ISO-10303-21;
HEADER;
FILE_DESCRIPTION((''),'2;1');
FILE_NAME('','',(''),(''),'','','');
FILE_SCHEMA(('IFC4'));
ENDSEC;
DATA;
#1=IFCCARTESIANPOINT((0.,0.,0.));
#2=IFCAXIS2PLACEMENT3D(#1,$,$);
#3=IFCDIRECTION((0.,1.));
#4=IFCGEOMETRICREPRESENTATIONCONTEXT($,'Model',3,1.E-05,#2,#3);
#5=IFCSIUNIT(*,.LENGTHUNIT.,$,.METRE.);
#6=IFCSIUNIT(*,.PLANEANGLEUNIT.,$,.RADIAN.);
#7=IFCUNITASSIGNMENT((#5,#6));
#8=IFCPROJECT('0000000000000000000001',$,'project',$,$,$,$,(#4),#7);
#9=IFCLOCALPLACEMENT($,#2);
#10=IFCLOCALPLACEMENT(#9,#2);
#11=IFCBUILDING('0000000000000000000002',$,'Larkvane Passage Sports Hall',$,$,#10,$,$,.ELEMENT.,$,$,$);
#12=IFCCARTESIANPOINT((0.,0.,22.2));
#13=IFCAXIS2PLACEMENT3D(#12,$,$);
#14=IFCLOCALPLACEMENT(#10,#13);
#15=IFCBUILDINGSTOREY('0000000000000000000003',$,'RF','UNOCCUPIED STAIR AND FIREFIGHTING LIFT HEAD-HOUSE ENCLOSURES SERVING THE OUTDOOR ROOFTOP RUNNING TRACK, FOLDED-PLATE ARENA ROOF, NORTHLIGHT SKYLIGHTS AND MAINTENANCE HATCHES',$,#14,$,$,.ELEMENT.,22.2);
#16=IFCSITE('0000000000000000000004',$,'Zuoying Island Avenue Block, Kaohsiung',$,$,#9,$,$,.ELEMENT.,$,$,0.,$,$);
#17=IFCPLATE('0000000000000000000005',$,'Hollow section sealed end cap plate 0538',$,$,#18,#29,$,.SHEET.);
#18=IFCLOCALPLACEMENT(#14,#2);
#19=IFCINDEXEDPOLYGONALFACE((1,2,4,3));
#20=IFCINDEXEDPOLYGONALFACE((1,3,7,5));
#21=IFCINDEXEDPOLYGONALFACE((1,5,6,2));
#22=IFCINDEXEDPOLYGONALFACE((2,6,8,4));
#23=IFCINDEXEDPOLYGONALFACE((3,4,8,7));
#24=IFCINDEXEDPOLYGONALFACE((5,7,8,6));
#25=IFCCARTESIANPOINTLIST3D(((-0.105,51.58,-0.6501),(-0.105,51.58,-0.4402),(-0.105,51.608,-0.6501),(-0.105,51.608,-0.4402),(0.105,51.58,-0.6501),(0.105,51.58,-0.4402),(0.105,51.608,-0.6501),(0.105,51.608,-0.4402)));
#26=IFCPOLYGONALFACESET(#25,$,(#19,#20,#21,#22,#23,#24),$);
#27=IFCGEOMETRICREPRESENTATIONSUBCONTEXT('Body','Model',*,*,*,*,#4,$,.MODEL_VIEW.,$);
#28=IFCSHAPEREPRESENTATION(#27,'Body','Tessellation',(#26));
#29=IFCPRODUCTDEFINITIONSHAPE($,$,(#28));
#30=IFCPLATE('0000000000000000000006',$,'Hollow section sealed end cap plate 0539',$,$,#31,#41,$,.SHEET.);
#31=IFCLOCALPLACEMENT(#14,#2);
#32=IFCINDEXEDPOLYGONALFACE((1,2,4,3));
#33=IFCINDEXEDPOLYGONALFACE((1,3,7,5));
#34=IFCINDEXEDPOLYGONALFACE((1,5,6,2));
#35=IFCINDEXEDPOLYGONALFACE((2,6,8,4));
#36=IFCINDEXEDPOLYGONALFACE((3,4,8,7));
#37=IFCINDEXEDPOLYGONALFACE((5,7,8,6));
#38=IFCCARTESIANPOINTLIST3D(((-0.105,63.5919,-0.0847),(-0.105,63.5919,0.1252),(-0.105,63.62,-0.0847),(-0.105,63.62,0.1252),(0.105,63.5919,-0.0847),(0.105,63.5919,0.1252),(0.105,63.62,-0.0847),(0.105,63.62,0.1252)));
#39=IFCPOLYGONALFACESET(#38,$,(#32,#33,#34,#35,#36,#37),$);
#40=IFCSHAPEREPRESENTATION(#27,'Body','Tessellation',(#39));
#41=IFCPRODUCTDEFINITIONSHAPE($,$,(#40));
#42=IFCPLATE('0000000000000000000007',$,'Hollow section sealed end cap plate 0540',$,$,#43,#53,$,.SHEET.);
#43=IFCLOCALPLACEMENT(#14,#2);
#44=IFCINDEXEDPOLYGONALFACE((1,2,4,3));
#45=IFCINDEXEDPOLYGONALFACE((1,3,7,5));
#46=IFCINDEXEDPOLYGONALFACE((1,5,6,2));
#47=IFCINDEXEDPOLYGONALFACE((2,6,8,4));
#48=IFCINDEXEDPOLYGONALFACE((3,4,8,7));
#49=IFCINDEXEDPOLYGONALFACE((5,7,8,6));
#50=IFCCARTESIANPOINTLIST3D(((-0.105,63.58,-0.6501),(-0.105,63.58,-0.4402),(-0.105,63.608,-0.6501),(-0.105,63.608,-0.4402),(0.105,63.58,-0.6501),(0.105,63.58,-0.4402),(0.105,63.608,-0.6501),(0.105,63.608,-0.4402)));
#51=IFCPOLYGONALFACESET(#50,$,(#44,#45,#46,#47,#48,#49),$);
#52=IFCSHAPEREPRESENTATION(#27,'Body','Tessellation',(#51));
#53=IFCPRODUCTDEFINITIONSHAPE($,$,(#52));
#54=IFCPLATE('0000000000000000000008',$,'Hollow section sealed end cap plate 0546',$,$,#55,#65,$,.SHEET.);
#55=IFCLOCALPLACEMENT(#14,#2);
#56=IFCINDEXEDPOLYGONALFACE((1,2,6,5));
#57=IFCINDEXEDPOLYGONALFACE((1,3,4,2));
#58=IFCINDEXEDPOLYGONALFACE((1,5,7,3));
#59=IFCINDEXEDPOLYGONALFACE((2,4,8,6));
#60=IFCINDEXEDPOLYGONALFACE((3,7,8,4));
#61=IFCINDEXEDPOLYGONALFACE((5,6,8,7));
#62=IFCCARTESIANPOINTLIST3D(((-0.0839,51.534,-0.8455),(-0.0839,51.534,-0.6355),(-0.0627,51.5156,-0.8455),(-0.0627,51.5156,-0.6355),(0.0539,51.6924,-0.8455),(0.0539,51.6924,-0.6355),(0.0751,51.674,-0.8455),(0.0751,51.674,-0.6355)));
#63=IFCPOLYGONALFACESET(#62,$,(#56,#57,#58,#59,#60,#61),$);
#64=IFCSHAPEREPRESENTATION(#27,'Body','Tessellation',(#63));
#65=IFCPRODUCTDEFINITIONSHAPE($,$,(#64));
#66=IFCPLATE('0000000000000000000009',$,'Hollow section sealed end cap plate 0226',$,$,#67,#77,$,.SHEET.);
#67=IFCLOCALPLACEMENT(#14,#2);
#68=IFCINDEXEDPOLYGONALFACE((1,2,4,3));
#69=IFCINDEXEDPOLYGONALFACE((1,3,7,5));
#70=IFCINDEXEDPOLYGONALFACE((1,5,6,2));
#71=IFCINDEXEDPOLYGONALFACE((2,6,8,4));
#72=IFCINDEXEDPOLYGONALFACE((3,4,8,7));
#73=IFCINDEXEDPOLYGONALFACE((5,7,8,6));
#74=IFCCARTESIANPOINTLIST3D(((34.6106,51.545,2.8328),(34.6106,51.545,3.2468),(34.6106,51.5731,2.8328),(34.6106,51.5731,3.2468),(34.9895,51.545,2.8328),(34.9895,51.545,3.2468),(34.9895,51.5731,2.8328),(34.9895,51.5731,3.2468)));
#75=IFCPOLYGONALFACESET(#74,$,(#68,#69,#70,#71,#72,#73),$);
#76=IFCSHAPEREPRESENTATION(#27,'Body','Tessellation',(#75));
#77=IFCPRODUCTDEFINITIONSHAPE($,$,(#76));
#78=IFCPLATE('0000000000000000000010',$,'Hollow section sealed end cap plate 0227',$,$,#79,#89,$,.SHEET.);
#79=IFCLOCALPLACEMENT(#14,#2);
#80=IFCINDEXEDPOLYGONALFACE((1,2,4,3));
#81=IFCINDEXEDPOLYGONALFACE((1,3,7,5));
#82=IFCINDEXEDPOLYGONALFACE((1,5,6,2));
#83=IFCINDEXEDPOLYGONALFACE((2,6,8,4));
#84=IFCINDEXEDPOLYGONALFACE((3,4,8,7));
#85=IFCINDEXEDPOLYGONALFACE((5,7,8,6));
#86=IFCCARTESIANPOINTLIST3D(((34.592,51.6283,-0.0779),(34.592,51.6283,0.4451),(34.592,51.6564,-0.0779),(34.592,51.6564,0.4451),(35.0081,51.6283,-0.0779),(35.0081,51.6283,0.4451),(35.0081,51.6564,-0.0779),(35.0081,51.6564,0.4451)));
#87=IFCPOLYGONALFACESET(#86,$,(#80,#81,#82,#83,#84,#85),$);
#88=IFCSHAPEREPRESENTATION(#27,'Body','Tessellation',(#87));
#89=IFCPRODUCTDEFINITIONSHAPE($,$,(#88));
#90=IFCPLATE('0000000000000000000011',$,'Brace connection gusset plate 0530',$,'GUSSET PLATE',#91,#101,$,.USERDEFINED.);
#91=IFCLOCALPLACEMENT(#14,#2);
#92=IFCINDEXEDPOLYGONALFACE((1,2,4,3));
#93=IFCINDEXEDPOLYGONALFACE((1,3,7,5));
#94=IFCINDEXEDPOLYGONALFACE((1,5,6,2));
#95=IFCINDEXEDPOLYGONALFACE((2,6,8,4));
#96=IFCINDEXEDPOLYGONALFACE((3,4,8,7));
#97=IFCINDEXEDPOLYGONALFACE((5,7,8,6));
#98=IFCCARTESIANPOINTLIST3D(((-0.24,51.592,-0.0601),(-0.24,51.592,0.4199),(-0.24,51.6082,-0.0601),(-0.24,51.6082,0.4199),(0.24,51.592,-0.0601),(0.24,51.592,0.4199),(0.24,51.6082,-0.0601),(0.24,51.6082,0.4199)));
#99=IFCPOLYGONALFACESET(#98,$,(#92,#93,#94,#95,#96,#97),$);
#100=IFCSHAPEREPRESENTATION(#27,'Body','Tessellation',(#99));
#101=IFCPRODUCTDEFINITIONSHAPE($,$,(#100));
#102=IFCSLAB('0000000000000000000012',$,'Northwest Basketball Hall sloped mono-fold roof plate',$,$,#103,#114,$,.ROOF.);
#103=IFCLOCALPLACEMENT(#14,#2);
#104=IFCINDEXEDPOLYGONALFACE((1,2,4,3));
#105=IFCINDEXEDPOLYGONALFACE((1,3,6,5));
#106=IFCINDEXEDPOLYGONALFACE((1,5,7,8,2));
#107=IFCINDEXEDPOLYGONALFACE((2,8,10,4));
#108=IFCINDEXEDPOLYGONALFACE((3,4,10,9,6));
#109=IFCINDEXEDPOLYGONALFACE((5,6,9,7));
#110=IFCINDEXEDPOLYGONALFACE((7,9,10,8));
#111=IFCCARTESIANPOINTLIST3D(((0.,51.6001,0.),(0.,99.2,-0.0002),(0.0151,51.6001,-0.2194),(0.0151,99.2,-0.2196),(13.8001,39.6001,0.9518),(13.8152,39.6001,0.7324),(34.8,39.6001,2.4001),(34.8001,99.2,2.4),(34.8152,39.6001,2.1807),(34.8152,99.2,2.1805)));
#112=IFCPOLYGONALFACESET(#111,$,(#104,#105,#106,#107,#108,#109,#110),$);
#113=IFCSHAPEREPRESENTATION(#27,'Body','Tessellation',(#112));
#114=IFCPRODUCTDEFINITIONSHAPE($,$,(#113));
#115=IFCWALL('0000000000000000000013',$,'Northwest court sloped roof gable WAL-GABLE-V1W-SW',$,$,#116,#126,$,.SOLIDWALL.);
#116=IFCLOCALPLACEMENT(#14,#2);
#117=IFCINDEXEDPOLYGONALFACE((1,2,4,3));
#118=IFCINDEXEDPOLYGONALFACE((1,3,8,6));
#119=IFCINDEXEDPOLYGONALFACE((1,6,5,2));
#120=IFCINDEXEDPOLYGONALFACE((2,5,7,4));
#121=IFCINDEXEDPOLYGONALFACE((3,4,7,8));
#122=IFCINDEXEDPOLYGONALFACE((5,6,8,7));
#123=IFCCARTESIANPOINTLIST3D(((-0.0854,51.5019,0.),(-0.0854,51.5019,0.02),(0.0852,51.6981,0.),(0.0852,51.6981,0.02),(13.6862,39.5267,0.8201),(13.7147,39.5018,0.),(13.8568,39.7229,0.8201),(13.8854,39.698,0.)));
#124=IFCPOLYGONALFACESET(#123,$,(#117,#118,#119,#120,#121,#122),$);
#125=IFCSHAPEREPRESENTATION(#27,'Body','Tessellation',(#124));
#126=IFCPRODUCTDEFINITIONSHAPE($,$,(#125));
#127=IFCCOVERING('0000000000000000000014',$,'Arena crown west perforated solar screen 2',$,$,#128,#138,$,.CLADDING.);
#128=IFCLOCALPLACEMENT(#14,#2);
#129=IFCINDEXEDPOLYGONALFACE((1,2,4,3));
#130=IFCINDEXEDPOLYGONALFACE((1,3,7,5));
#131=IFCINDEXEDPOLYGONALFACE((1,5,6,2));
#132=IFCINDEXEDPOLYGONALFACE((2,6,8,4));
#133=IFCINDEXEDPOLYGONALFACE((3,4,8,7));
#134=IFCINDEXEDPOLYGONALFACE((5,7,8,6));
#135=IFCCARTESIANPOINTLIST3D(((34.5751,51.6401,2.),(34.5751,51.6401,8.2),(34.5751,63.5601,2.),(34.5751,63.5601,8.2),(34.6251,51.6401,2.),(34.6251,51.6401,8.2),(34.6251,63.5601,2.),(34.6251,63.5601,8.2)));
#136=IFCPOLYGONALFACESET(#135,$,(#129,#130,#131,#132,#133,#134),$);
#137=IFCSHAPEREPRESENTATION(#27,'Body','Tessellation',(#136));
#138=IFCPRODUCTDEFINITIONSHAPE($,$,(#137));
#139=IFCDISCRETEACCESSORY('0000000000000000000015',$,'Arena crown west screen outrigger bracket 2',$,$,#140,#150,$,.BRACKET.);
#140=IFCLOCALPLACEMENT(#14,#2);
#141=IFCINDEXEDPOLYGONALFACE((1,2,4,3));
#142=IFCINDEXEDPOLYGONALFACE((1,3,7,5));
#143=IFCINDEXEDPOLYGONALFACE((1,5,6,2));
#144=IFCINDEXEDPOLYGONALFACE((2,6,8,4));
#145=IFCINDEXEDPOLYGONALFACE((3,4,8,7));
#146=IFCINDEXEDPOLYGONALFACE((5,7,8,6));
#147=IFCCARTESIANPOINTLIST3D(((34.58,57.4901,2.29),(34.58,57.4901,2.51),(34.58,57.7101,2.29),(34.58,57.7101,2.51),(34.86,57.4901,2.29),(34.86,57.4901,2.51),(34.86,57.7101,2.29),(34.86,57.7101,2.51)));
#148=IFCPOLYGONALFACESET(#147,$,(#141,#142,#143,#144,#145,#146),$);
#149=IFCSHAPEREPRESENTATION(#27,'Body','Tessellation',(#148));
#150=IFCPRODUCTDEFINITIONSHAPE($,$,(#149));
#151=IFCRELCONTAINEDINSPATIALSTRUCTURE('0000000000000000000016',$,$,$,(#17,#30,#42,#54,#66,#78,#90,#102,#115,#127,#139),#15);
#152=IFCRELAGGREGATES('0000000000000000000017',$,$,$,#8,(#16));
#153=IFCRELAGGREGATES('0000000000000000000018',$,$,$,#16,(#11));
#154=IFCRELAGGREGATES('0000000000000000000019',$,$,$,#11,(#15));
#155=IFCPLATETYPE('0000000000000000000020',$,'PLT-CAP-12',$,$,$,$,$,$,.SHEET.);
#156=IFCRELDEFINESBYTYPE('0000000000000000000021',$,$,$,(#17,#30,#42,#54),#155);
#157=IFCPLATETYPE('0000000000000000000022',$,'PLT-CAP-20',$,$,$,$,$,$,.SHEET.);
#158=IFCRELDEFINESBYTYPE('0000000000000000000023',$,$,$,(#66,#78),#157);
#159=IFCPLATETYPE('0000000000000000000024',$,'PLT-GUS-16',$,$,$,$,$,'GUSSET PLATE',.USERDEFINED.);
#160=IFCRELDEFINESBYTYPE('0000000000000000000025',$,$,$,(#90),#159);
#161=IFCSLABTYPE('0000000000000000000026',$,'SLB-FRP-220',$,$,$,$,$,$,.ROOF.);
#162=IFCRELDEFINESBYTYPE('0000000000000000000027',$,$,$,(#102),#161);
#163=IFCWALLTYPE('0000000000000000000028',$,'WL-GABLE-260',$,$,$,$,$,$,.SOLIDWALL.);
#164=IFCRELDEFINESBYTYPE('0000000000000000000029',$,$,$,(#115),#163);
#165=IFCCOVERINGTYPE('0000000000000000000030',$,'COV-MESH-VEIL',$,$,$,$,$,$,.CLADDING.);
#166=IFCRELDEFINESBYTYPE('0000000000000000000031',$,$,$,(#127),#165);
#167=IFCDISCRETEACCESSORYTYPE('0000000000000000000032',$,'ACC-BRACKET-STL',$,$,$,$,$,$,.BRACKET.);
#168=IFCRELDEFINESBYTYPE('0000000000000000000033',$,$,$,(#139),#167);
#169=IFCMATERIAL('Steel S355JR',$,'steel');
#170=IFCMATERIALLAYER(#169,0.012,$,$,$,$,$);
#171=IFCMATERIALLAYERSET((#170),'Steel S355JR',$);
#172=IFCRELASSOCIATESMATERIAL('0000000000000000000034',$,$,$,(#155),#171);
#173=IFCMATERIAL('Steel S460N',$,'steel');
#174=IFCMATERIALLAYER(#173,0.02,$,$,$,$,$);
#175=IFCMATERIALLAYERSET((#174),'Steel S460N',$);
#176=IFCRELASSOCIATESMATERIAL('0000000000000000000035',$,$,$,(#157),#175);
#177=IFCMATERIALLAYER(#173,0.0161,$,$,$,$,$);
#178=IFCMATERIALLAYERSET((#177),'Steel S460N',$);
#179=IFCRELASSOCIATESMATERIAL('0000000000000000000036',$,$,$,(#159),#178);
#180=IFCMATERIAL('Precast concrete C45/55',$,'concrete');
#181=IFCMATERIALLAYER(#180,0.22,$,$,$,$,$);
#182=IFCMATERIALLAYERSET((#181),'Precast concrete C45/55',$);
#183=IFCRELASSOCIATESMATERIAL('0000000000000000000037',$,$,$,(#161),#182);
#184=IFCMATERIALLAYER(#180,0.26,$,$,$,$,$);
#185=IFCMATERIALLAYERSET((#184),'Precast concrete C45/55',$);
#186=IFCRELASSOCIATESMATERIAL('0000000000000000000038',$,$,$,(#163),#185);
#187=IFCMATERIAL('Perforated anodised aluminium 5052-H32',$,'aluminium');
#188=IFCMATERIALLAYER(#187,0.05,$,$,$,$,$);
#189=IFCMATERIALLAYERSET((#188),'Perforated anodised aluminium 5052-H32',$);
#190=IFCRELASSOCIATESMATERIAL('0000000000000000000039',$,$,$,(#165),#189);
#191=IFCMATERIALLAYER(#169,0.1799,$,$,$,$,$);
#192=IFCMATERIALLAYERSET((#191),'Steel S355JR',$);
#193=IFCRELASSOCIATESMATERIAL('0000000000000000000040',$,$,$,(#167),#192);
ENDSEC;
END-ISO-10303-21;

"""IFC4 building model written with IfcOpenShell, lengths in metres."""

from ifc_helpers import new_model, si_unit, direction, frame, origin, origin_2d, place, context, subcontext, project, spatial, polyline, rectangle, outline, extrude, material, layer, layer_set, type_object, element, save


model = new_model("IFC4")

# Units and contexts
model_context = context("Model", 3, precision=1e-05, world=origin(), true_north=direction((0.0, 1.0)))
body_context = subcontext(model_context, "Body", "Model", "MODEL_VIEW")
ifc_project = project(units=[si_unit("LENGTHUNIT", "METRE"), si_unit("PLANEANGLEUNIT", "RADIAN")], contexts=[model_context])

# Site, building, storey
site_placement = place(None, origin())
site = spatial("IfcSite", under=ifc_project, at=site_placement, Name="Zuoying Island Avenue Block, Kaohsiung", CompositionType="ELEMENT", RefElevation=0.0)
building_placement = place(site_placement, origin())
building = spatial("IfcBuilding", under=site, at=building_placement, Name="Larkvane Passage Sports Hall", CompositionType="ELEMENT")
storey_placement = place(building_placement, frame((0.0, 0.0, 22.2)))
storey = spatial("IfcBuildingStorey", under=building, at=storey_placement, Name="RF", Description="UNOCCUPIED STAIR AND FIREFIGHTING LIFT HEAD-HOUSE ENCLOSURES SERVING THE OUTDOOR ROOFTOP RUNNING TRACK, FOLDED-PLATE ARENA ROOF, NORTHLIGHT SKYLIGHTS AND MAINTENANCE HATCHES", CompositionType="ELEMENT", Elevation=22.2)

# Shared definitions
ifc_material_1 = material(Name="Steel S355JR", Category="steel")
ifc_material_2 = material(Name="Steel S460N", Category="steel")

# Plates
ifc_layer_1 = layer(ifc_material_1, 0.012)
ifc_layer_set_1 = layer_set([ifc_layer_1], Name="Steel S355JR")
plate_type_1 = type_object("IfcPlateType", Name="PLT-CAP-12", PredefinedType="SHEET", material=ifc_layer_set_1)
for number, where, z_axis, x_axis, name in (
    (1, (0.0, 51.594, -0.6501), (0.0, 0.0, 1.0), (-1.0, 0.0, 0.0), "Hollow section sealed end cap plate 0538"),
    (2, (0.0, 63.606, -0.0847), (0.0, 0.0, 1.0), (-1.0, 0.0, 0.0), "Hollow section sealed end cap plate 0539"),
    (3, (0.0, 63.594, -0.6501), (0.0, 0.0, 1.0), (-1.0, 0.0, 0.0), "Hollow section sealed end cap plate 0540"),
    (4, (-0.0044, 51.604, -0.8455), (0.0, 0.0, 1.0), (0.656191, 0.754595, 0.0), "Hollow section sealed end cap plate 0546"),
):
    element("IfcPlate", number, at=place(storey_placement, frame(where, z_axis=z_axis, x_axis=x_axis)), inside=storey, type_object=plate_type_1, Name=name, PredefinedType="SHEET", context=body_context, shape_type="SweptSolid", body=[
        extrude(rectangle(XDim=0.21, YDim=0.0281, at=origin_2d()), origin(), (0.0, 0.0, 1.0), 0.21),
    ])
ifc_layer_2 = layer(ifc_material_2, 0.02)
ifc_layer_set_2 = layer_set([ifc_layer_2], Name="Steel S460N")
plate_type_2 = type_object("IfcPlateType", Name="PLT-CAP-20", PredefinedType="SHEET", material=ifc_layer_set_2)
plate_1_placement = place(storey_placement, frame((34.8, 51.5591, 2.8328), z_axis=(0.0, 0.0, 1.0), x_axis=(-1.0, 0.0, 0.0)))
element("IfcPlate", 5, at=plate_1_placement, inside=storey, type_object=plate_type_2, Name="Hollow section sealed end cap plate 0226", PredefinedType="SHEET", context=body_context, shape_type="SweptSolid", body=[
    extrude(rectangle(XDim=0.3789, YDim=0.0281, at=origin_2d()), origin(), (0.0, 0.0, 1.0), 0.4141),
])
plate_2_placement = place(storey_placement, frame((34.8, 51.6423, -0.0779), z_axis=(0.0, 0.0, 1.0), x_axis=(-1.0, 0.0, 0.0)))
element("IfcPlate", 6, at=plate_2_placement, inside=storey, type_object=plate_type_2, Name="Hollow section sealed end cap plate 0227", PredefinedType="SHEET", context=body_context, shape_type="SweptSolid", body=[
    extrude(rectangle(XDim=0.416, YDim=0.0281, at=origin_2d()), origin(), (0.0, 0.0, 1.0), 0.5229),
])
ifc_layer_3 = layer(ifc_material_2, 0.0161)
ifc_layer_set_3 = layer_set([ifc_layer_3], Name="Steel S460N")
plate_type_3 = type_object("IfcPlateType", Name="PLT-GUS-16", ElementType="GUSSET PLATE", PredefinedType="USERDEFINED", material=ifc_layer_set_3)
plate_3_placement = place(storey_placement, frame((0.0, 51.6001, -0.0601), z_axis=(0.0, 0.0, 1.0), x_axis=(1.0, 0.0, 0.0)))
element("IfcPlate", 7, at=plate_3_placement, inside=storey, type_object=plate_type_3, Name="Brace connection gusset plate 0530", ObjectType="GUSSET PLATE", PredefinedType="USERDEFINED", context=body_context, shape_type="SweptSolid", body=[
    extrude(rectangle(XDim=0.48, YDim=0.0161, at=origin_2d()), origin(), (0.0, 0.0, 1.0), 0.48),
])

# Slab
ifc_material_3 = material(Name="Precast concrete C45/55", Category="concrete")
ifc_layer_4 = layer(ifc_material_3, 0.22)
ifc_layer_set_4 = layer_set([ifc_layer_4], Name="Precast concrete C45/55")
slab_type = type_object("IfcSlabType", Name="SLB-FRP-220", PredefinedType="ROOF", material=ifc_layer_set_4)
slab_placement = place(storey_placement, frame((0.0, 51.6001, 0.0), z_axis=(-0.068805, 0.000003, 0.99763), x_axis=(0.753587, -0.65529, 0.051976)))
element("IfcSlab", 8, at=slab_placement, inside=storey, type_object=slab_type, Name="Northwest Basketball Hall sloped mono-fold roof plate", PredefinedType="ROOF", context=body_context, shape_type="SweptSolid", body=[
    extrude(outline(polyline([(0.0, 0.0), (18.3125, 0.0), (34.2131, 13.7938), (-4.8421, 58.8142), (-31.1917, 35.9559), (0.0, 0.0)])), origin(), (0.0, 0.0, -1.0), 0.22),
])

# Wall
ifc_layer_5 = layer(ifc_material_3, 0.26)
ifc_layer_set_5 = layer_set([ifc_layer_5], Name="Precast concrete C45/55")
wall_type = type_object("IfcWallType", Name="WL-GABLE-260", PredefinedType="SOLIDWALL", material=ifc_layer_set_5)
wall_placement = place(storey_placement, frame((0.0, 51.6001, 0.0), z_axis=(0.0, 0.0, 1.0), x_axis=(0.754607, -0.656177, 0.0)))
element("IfcWall", 9, at=wall_placement, inside=storey, type_object=wall_type, Name="Northwest court sloped roof gable WAL-GABLE-V1W-SW", PredefinedType="SOLIDWALL", context=body_context, shape_type="SweptSolid", body=[
    extrude(outline(polyline([(0.0, 0.0), (18.2878, 0.0), (18.25, 0.8201), (0.0, 0.02), (0.0, 0.0)])), frame((0.0, 0.1299, 0.0), z_axis=(0.0, -1.0, 0.0), x_axis=(1.0, 0.0, 0.0)), (0.0, 0.0, 1.0), 0.26),
])

# Covering
ifc_material_4 = material(Name="Perforated anodised aluminium 5052-H32", Category="aluminium")
ifc_layer_6 = layer(ifc_material_4, 0.05)
ifc_layer_set_6 = layer_set([ifc_layer_6], Name="Perforated anodised aluminium 5052-H32")
covering_type = type_object("IfcCoveringType", Name="COV-MESH-VEIL", PredefinedType="CLADDING", material=ifc_layer_set_6)
covering_placement = place(storey_placement, frame((34.6001, 57.6001, 2.0), z_axis=(0.0, 0.0, 1.0), x_axis=(0.0, 1.0, 0.0)))
element("IfcCovering", 10, at=covering_placement, inside=storey, type_object=covering_type, Name="Arena crown west perforated solar screen 2", PredefinedType="CLADDING", context=body_context, shape_type="SweptSolid", body=[
    extrude(rectangle(XDim=11.9199, YDim=0.05, at=origin_2d()), origin(), (0.0, 0.0, 1.0), 6.2),
])

# Discrete accessory
ifc_layer_7 = layer(ifc_material_1, 0.1799)
ifc_layer_set_7 = layer_set([ifc_layer_7], Name="Steel S355JR")
discrete_accessory_type = type_object("IfcDiscreteAccessoryType", Name="ACC-BRACKET-STL", PredefinedType="BRACKET", material=ifc_layer_set_7)
discrete_accessory_placement = place(storey_placement, frame((34.72, 57.6001, 2.29), z_axis=(0.0, 0.0, 1.0), x_axis=(0.0, 1.0, 0.0)))
element("IfcDiscreteAccessory", 11, at=discrete_accessory_placement, inside=storey, type_object=discrete_accessory_type, Name="Arena crown west screen outrigger bracket 2", PredefinedType="BRACKET", context=body_context, shape_type="SweptSolid", body=[
    extrude(rectangle(XDim=0.22, YDim=0.28, at=origin_2d()), origin(), (0.0, 0.0, 1.0), 0.22),
])

save(model, "model.ifc")
